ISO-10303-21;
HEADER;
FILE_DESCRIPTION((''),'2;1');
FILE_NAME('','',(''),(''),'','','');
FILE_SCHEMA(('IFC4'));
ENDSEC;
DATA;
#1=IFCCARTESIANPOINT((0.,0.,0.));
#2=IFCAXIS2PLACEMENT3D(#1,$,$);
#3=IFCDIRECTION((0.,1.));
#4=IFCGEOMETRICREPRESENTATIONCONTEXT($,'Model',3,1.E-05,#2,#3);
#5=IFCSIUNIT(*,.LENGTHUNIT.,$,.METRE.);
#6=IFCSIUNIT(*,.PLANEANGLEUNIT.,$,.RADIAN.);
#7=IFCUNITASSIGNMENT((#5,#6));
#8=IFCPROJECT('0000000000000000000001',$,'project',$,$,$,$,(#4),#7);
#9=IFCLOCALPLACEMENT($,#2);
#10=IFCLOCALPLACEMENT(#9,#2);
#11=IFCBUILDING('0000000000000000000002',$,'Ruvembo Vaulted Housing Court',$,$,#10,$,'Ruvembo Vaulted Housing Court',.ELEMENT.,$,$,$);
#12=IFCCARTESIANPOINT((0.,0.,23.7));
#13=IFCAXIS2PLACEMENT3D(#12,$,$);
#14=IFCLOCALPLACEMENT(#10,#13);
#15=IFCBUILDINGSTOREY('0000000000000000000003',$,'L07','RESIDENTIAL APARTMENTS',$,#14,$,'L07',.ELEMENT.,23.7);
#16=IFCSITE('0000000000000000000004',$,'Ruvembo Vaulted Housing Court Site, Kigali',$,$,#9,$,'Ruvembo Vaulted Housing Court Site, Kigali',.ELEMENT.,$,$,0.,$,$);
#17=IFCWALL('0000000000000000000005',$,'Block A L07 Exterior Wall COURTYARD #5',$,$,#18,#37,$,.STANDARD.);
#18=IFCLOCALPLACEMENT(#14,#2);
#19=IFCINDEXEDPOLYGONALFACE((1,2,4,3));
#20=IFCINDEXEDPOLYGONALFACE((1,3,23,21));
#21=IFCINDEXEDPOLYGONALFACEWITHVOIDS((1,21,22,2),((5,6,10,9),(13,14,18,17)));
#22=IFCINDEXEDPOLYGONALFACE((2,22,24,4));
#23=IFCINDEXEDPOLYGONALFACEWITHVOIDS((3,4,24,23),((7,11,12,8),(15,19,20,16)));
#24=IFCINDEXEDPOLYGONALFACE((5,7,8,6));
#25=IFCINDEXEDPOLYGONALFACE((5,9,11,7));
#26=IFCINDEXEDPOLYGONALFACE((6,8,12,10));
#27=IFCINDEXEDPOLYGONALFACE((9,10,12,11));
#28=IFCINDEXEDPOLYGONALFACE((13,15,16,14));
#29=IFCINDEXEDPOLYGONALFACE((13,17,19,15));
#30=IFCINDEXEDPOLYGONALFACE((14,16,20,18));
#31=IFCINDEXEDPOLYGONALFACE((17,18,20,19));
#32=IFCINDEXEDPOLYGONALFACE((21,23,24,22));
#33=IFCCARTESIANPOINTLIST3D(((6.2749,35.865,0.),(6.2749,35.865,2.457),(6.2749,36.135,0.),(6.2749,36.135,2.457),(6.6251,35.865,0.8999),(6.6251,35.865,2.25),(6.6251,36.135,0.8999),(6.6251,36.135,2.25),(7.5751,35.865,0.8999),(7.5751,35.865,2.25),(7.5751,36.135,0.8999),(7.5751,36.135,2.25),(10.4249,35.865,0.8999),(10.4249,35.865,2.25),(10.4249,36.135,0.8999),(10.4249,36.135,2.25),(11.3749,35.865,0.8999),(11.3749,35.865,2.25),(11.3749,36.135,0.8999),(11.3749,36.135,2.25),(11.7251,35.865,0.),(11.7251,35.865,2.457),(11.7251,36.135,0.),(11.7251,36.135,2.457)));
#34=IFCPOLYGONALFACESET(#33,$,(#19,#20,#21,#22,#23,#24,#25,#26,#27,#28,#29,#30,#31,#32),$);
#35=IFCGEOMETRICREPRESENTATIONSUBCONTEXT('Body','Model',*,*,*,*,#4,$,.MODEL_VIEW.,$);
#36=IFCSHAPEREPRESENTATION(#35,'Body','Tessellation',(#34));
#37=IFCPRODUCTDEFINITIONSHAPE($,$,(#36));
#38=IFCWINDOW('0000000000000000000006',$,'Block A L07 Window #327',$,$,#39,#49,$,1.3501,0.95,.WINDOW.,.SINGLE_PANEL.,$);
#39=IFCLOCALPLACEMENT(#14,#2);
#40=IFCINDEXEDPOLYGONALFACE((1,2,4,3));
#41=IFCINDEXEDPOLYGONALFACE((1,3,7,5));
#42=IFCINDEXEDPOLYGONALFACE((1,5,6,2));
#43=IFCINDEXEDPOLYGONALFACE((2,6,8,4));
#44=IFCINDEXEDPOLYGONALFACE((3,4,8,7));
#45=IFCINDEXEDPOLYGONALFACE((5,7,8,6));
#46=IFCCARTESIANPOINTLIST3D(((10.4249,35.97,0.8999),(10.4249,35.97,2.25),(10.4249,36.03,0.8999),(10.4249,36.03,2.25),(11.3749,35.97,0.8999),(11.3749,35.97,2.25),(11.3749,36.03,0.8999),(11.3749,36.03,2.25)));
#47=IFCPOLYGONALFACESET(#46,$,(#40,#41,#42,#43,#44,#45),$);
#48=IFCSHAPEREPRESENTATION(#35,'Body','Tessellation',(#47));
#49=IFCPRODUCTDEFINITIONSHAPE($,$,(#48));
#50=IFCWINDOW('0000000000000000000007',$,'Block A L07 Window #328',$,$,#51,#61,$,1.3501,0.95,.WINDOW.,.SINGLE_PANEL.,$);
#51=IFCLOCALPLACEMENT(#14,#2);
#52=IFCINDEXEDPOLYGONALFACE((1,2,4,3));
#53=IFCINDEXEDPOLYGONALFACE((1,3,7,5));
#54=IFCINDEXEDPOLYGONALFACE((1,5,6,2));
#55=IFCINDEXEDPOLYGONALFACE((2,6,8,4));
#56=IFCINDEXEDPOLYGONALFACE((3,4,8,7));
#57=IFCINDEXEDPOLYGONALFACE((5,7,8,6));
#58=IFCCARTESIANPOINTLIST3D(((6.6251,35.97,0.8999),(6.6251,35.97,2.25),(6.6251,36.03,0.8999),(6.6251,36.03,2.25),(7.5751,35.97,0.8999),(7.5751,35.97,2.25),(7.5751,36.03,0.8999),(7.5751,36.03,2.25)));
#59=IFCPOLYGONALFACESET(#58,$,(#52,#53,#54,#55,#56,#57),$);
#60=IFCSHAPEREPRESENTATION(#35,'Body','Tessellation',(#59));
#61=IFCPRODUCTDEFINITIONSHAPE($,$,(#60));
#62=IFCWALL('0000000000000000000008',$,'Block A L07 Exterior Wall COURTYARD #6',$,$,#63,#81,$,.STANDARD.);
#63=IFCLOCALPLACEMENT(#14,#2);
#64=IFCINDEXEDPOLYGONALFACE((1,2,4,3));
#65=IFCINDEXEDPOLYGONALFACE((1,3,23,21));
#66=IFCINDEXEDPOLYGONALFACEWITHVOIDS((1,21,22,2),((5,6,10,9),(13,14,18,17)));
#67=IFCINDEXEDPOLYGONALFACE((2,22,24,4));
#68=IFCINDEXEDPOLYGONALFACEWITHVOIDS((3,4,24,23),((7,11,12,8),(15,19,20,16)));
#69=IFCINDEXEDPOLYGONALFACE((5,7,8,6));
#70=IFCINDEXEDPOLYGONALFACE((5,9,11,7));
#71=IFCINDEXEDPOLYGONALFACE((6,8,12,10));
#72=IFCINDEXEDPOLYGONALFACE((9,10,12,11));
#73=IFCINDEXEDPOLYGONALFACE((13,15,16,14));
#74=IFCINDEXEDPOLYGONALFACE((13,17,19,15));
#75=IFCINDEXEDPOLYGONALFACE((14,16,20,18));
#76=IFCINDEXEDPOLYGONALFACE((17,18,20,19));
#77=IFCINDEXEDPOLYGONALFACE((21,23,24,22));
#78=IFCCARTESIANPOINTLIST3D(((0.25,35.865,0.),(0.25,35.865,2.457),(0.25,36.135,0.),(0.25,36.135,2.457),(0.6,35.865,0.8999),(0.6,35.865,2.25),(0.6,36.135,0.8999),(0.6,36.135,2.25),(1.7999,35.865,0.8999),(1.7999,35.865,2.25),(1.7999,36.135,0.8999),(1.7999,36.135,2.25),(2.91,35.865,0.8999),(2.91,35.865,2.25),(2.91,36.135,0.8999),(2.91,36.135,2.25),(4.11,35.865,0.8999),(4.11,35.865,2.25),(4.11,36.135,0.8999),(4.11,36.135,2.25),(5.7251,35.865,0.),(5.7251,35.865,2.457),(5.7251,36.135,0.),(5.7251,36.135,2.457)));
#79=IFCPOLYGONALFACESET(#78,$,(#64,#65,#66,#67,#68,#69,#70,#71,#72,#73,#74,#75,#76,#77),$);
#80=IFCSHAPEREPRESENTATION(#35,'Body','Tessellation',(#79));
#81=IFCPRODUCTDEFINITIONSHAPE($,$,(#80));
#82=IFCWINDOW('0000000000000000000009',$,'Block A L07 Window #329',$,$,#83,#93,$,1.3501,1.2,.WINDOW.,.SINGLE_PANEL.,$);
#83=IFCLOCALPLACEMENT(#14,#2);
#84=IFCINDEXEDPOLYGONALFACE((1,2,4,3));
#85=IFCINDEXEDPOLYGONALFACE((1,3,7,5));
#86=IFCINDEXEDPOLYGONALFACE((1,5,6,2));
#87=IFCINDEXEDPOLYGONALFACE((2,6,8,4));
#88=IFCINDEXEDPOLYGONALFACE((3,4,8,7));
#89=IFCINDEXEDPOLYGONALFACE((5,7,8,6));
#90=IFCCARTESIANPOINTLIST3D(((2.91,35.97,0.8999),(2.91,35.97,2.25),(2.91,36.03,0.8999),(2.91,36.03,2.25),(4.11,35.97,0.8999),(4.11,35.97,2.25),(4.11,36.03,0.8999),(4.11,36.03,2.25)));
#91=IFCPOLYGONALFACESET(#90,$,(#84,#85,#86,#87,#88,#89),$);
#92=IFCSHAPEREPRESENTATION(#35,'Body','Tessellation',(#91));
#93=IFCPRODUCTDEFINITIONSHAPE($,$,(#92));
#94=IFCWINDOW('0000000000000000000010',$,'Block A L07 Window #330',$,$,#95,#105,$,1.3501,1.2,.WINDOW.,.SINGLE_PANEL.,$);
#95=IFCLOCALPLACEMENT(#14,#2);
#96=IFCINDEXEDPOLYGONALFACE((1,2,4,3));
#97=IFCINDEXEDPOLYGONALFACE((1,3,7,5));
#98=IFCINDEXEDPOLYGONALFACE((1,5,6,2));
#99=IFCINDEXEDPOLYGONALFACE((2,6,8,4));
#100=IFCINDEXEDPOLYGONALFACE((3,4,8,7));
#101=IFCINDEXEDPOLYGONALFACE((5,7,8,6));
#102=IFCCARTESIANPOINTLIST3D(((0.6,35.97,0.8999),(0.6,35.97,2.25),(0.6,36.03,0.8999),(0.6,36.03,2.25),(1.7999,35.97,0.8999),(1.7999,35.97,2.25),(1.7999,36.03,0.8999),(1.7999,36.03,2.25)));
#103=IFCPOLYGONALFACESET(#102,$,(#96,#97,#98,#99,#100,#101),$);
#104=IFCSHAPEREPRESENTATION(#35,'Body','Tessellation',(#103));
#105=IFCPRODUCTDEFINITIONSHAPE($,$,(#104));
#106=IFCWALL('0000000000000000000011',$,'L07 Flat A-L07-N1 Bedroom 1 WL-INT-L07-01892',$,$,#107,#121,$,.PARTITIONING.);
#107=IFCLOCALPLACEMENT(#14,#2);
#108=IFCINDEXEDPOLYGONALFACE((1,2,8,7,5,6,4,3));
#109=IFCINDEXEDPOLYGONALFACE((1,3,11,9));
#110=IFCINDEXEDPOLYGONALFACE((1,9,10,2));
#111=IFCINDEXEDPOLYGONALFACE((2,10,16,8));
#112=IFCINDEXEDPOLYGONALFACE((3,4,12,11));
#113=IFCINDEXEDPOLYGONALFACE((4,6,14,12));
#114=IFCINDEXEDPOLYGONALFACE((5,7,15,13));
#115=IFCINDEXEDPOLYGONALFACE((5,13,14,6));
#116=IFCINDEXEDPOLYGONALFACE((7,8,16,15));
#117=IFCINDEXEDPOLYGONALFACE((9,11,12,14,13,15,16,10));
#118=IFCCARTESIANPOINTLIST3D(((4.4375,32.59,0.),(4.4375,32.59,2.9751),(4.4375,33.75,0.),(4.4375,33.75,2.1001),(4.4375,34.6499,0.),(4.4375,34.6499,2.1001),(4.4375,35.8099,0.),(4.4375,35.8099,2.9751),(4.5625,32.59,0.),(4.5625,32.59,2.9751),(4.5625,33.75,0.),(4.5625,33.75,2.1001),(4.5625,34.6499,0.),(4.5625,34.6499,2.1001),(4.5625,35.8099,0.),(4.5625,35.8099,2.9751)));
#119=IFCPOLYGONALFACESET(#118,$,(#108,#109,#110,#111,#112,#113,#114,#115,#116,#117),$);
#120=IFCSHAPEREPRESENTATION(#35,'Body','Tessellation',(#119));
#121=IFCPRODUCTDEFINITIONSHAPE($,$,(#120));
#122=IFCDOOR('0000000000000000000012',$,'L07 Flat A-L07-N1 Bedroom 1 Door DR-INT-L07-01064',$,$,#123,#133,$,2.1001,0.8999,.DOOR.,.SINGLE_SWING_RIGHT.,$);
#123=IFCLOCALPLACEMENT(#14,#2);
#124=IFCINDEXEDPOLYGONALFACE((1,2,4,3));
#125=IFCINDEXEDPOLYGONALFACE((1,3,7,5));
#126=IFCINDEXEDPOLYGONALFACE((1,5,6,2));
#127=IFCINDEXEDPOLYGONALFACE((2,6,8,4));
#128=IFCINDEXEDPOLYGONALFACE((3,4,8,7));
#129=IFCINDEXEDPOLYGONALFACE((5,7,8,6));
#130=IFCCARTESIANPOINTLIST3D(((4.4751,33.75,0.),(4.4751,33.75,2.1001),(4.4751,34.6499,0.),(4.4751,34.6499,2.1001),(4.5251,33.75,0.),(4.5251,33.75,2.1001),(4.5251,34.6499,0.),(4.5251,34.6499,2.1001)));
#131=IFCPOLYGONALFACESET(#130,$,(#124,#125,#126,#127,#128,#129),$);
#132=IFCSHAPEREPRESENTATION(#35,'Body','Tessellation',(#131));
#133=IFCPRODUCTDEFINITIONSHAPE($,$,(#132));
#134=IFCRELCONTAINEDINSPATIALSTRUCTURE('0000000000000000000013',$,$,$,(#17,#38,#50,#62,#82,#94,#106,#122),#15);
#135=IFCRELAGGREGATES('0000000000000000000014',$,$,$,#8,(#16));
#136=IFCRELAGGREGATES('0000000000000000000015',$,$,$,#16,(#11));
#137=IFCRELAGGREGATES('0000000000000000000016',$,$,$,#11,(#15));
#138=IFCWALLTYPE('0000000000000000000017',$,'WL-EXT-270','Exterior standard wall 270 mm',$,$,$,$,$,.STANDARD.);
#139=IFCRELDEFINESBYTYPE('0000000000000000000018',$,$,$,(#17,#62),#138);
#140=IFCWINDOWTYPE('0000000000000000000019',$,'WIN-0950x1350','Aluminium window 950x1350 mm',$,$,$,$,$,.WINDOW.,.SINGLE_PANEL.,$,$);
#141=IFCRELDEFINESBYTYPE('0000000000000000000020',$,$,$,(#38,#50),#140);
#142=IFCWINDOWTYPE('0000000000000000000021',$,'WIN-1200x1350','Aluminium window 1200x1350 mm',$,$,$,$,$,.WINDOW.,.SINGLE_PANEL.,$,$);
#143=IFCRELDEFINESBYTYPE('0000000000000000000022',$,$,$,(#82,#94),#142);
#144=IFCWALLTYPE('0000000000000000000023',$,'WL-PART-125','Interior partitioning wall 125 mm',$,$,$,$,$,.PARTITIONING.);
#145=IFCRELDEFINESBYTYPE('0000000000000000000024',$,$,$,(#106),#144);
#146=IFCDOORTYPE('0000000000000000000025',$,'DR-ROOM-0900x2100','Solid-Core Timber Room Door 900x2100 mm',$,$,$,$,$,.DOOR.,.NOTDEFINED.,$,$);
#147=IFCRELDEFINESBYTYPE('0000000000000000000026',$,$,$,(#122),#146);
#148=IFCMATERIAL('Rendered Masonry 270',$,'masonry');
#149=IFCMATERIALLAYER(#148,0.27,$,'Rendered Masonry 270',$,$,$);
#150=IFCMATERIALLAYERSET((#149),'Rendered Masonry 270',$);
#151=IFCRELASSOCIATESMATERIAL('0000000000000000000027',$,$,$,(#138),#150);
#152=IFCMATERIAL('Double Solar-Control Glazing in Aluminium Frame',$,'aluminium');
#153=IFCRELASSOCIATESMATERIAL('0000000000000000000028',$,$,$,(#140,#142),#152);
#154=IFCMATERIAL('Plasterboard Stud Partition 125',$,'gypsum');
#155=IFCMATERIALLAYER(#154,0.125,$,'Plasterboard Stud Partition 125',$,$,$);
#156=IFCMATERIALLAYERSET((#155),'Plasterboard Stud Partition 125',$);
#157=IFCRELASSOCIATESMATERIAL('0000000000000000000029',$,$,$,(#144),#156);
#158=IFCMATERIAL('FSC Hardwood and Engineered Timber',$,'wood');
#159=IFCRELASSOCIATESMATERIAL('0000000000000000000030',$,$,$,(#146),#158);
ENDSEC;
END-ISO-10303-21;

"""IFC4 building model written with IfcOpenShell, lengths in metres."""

from ifc_helpers import new_model, si_unit, direction, frame, frame_2d, origin, place, context, subcontext, project, spatial, rectangle, extrude, material, layer, layer_set, type_object, element, fill, save


model = new_model("IFC4")

# Units and contexts
model_context = context("Model", 3, precision=1e-05, world=origin(), true_north=direction((0.0, 1.0)))
body_context = subcontext(model_context, "Body", "Model", "MODEL_VIEW")
ifc_project = project(units=[si_unit("LENGTHUNIT", "METRE"), si_unit("PLANEANGLEUNIT", "RADIAN")], contexts=[model_context])

# Site, building, storey
site_placement = place(None, origin())
site = spatial("IfcSite", under=ifc_project, at=site_placement, Name="Ruvembo Vaulted Housing Court Site, Kigali", LongName="Ruvembo Vaulted Housing Court Site, Kigali", CompositionType="ELEMENT", RefElevation=0.0)
building_placement = place(site_placement, origin())
building = spatial("IfcBuilding", under=site, at=building_placement, Name="Ruvembo Vaulted Housing Court", LongName="Ruvembo Vaulted Housing Court", CompositionType="ELEMENT")
storey_placement = place(building_placement, frame((0.0, 0.0, 23.7)))
storey = spatial("IfcBuildingStorey", under=building, at=storey_placement, Name="L07", Description="RESIDENTIAL APARTMENTS", LongName="L07", CompositionType="ELEMENT", Elevation=23.7)

# Walls, openings, windows
ifc_material_1 = material(Name="Rendered Masonry 270", Category="masonry")
ifc_layer_1 = layer(ifc_material_1, 0.27, Name="Rendered Masonry 270")
ifc_layer_set_1 = layer_set([ifc_layer_1], Name="Rendered Masonry 270")
wall_type_1 = type_object("IfcWallType", Name="WL-EXT-270", Description="Exterior standard wall 270 mm", PredefinedType="STANDARD", material=ifc_layer_set_1)
wall_1_placement = place(storey_placement, frame((11.7251, 36.0, 0.0), z_axis=(0.0, 0.0, 1.0), x_axis=(-1.0, 0.0, 0.0)))
wall_1 = element("IfcWall", 1, at=wall_1_placement, inside=storey, type_object=wall_type_1, Name="Block A L07 Exterior Wall COURTYARD #5", PredefinedType="STANDARD", context=body_context, shape_type="SweptSolid", body=[
    extrude(rectangle(XDim=5.4502, YDim=0.27, at=frame_2d((2.7251, 0.0))), origin(), (0.0, 0.0, 1.0), 2.457),
])
opening_1_placement = place(wall_1_placement, frame((0.3501, 0.0, 0.8999)))
opening_1 = element("IfcOpeningElement", 2, at=opening_1_placement, cuts=wall_1, PredefinedType="OPENING", context=body_context, shape_type="SweptSolid", body=[
    extrude(rectangle(XDim=0.95, YDim=1.3501, at=frame_2d((0.4751, 0.675))), frame((0.0, 0.145, 0.0), z_axis=(0.0, -1.0, 0.0), x_axis=(1.0, 0.0, 0.0)), (0.0, 0.0, 1.0), 0.29),
])
opening_2_placement = place(wall_1_placement, frame((4.1499, 0.0, 0.8999)))
opening_2 = element("IfcOpeningElement", 3, at=opening_2_placement, cuts=wall_1, PredefinedType="OPENING", context=body_context, shape_type="SweptSolid", body=[
    extrude(rectangle(XDim=0.95, YDim=1.3501, at=frame_2d((0.4751, 0.675))), frame((0.0, 0.145, 0.0), z_axis=(0.0, -1.0, 0.0), x_axis=(1.0, 0.0, 0.0)), (0.0, 0.0, 1.0), 0.29),
])
ifc_material_2 = material(Name="Double Solar-Control Glazing in Aluminium Frame", Category="aluminium")
window_type_1 = type_object("IfcWindowType", Name="WIN-0950x1350", Description="Aluminium window 950x1350 mm", PartitioningType="SINGLE_PANEL", PredefinedType="WINDOW", material=ifc_material_2)
window_1_placement = place(opening_1_placement, origin())
window_1 = element("IfcWindow", 4, at=window_1_placement, inside=storey, type_object=window_type_1, Name="Block A L07 Window #327", OverallHeight=1.3501, OverallWidth=0.95, PartitioningType="SINGLE_PANEL", PredefinedType="WINDOW", context=body_context, shape_type="SweptSolid", body=[
    extrude(rectangle(XDim=0.95, YDim=1.3501, at=frame_2d((0.4751, 0.675))), frame((0.0, 0.03, 0.0), z_axis=(0.0, -1.0, 0.0), x_axis=(1.0, 0.0, 0.0)), (0.0, 0.0, 1.0), 0.0601),
])
fill(opening_1, window_1)
window_2_placement = place(opening_2_placement, origin())
window_2 = element("IfcWindow", 5, at=window_2_placement, inside=storey, type_object=window_type_1, Name="Block A L07 Window #328", OverallHeight=1.3501, OverallWidth=0.95, PartitioningType="SINGLE_PANEL", PredefinedType="WINDOW", context=body_context, shape_type="SweptSolid", body=[
    extrude(rectangle(XDim=0.95, YDim=1.3501, at=frame_2d((0.4751, 0.675))), frame((0.0, 0.03, 0.0), z_axis=(0.0, -1.0, 0.0), x_axis=(1.0, 0.0, 0.0)), (0.0, 0.0, 1.0), 0.0601),
])
fill(opening_2, window_2)
wall_2_placement = place(storey_placement, frame((5.7251, 36.0, 0.0), z_axis=(0.0, 0.0, 1.0), x_axis=(-1.0, 0.0, 0.0)))
wall_2 = element("IfcWall", 6, at=wall_2_placement, inside=storey, type_object=wall_type_1, Name="Block A L07 Exterior Wall COURTYARD #6", PredefinedType="STANDARD", context=body_context, shape_type="SweptSolid", body=[
    extrude(rectangle(XDim=5.4751, YDim=0.27, at=frame_2d((2.7375, 0.0))), origin(), (0.0, 0.0, 1.0), 2.457),
])
opening_3_placement = place(wall_2_placement, frame((1.615, 0.0, 0.8999)))
opening_3 = element("IfcOpeningElement", 7, at=opening_3_placement, cuts=wall_2, PredefinedType="OPENING", context=body_context, shape_type="SweptSolid", body=[
    extrude(rectangle(XDim=1.2, YDim=1.3501, at=frame_2d((0.6001, 0.675))), frame((0.0, 0.145, 0.0), z_axis=(0.0, -1.0, 0.0), x_axis=(1.0, 0.0, 0.0)), (0.0, 0.0, 1.0), 0.29),
])
opening_4_placement = place(wall_2_placement, frame((3.925, 0.0, 0.8999)))
opening_4 = element("IfcOpeningElement", 8, at=opening_4_placement, cuts=wall_2, PredefinedType="OPENING", context=body_context, shape_type="SweptSolid", body=[
    extrude(rectangle(XDim=1.2, YDim=1.3501, at=frame_2d((0.6001, 0.675))), frame((0.0, 0.145, 0.0), z_axis=(0.0, -1.0, 0.0), x_axis=(1.0, 0.0, 0.0)), (0.0, 0.0, 1.0), 0.29),
])
window_type_2 = type_object("IfcWindowType", Name="WIN-1200x1350", Description="Aluminium window 1200x1350 mm", PartitioningType="SINGLE_PANEL", PredefinedType="WINDOW", material=ifc_material_2)
window_3_placement = place(opening_3_placement, origin())
window_3 = element("IfcWindow", 9, at=window_3_placement, inside=storey, type_object=window_type_2, Name="Block A L07 Window #329", OverallHeight=1.3501, OverallWidth=1.2, PartitioningType="SINGLE_PANEL", PredefinedType="WINDOW", context=body_context, shape_type="SweptSolid", body=[
    extrude(rectangle(XDim=1.2, YDim=1.3501, at=frame_2d((0.6001, 0.675))), frame((0.0, 0.03, 0.0), z_axis=(0.0, -1.0, 0.0), x_axis=(1.0, 0.0, 0.0)), (0.0, 0.0, 1.0), 0.0601),
])
fill(opening_3, window_3)
window_4_placement = place(opening_4_placement, origin())
window_4 = element("IfcWindow", 10, at=window_4_placement, inside=storey, type_object=window_type_2, Name="Block A L07 Window #330", OverallHeight=1.3501, OverallWidth=1.2, PartitioningType="SINGLE_PANEL", PredefinedType="WINDOW", context=body_context, shape_type="SweptSolid", body=[
    extrude(rectangle(XDim=1.2, YDim=1.3501, at=frame_2d((0.6001, 0.675))), frame((0.0, 0.03, 0.0), z_axis=(0.0, -1.0, 0.0), x_axis=(1.0, 0.0, 0.0)), (0.0, 0.0, 1.0), 0.0601),
])
fill(opening_4, window_4)

# Wall, opening, door
ifc_material_3 = material(Name="Plasterboard Stud Partition 125", Category="gypsum")
ifc_layer_2 = layer(ifc_material_3, 0.125, Name="Plasterboard Stud Partition 125")
ifc_layer_set_2 = layer_set([ifc_layer_2], Name="Plasterboard Stud Partition 125")
wall_type_2 = type_object("IfcWallType", Name="WL-PART-125", Description="Interior partitioning wall 125 mm", PredefinedType="PARTITIONING", material=ifc_layer_set_2)
wall_3_placement = place(storey_placement, frame((4.5, 32.5901, 0.0), z_axis=(0.0, 0.0, 1.0), x_axis=(0.0, 1.0, 0.0)))
wall_3 = element("IfcWall", 11, at=wall_3_placement, inside=storey, type_object=wall_type_2, Name="L07 Flat A-L07-N1 Bedroom 1 WL-INT-L07-01892", PredefinedType="PARTITIONING", context=body_context, shape_type="SweptSolid", body=[
    extrude(rectangle(XDim=3.22, YDim=0.125, at=frame_2d((1.6099, 0.0))), origin(), (0.0, 0.0, 1.0), 2.9751),
])
opening_5_placement = place(wall_3_placement, frame((1.1599, 0.0, 0.0)))
opening_5 = element("IfcOpeningElement", 12, at=opening_5_placement, cuts=wall_3, PredefinedType="OPENING", context=body_context, shape_type="SweptSolid", body=[
    extrude(rectangle(XDim=0.8999, YDim=2.1001, at=frame_2d((0.45, 1.05))), frame((0.0, 0.0725, 0.0), z_axis=(0.0, -1.0, 0.0), x_axis=(1.0, 0.0, 0.0)), (0.0, 0.0, 1.0), 0.145),
])
ifc_material_4 = material(Name="FSC Hardwood and Engineered Timber", Category="wood")
door_type = type_object("IfcDoorType", Name="DR-ROOM-0900x2100", Description="Solid-Core Timber Room Door 900x2100 mm", OperationType="NOTDEFINED", PredefinedType="DOOR", material=ifc_material_4)
door_placement = place(opening_5_placement, origin())
door = element("IfcDoor", 13, at=door_placement, inside=storey, type_object=door_type, Name="L07 Flat A-L07-N1 Bedroom 1 Door DR-INT-L07-01064", OperationType="SINGLE_SWING_RIGHT", OverallHeight=2.1001, OverallWidth=0.8999, PredefinedType="DOOR", context=body_context, shape_type="SweptSolid", body=[
    extrude(rectangle(XDim=0.8999, YDim=2.1001, at=frame_2d((0.45, 1.05))), frame((0.0, 0.0249, 0.0), z_axis=(0.0, -1.0, 0.0), x_axis=(1.0, 0.0, 0.0)), (0.0, 0.0, 1.0), 0.05),
])
fill(opening_5, door)

save(model, "model.ifc")
